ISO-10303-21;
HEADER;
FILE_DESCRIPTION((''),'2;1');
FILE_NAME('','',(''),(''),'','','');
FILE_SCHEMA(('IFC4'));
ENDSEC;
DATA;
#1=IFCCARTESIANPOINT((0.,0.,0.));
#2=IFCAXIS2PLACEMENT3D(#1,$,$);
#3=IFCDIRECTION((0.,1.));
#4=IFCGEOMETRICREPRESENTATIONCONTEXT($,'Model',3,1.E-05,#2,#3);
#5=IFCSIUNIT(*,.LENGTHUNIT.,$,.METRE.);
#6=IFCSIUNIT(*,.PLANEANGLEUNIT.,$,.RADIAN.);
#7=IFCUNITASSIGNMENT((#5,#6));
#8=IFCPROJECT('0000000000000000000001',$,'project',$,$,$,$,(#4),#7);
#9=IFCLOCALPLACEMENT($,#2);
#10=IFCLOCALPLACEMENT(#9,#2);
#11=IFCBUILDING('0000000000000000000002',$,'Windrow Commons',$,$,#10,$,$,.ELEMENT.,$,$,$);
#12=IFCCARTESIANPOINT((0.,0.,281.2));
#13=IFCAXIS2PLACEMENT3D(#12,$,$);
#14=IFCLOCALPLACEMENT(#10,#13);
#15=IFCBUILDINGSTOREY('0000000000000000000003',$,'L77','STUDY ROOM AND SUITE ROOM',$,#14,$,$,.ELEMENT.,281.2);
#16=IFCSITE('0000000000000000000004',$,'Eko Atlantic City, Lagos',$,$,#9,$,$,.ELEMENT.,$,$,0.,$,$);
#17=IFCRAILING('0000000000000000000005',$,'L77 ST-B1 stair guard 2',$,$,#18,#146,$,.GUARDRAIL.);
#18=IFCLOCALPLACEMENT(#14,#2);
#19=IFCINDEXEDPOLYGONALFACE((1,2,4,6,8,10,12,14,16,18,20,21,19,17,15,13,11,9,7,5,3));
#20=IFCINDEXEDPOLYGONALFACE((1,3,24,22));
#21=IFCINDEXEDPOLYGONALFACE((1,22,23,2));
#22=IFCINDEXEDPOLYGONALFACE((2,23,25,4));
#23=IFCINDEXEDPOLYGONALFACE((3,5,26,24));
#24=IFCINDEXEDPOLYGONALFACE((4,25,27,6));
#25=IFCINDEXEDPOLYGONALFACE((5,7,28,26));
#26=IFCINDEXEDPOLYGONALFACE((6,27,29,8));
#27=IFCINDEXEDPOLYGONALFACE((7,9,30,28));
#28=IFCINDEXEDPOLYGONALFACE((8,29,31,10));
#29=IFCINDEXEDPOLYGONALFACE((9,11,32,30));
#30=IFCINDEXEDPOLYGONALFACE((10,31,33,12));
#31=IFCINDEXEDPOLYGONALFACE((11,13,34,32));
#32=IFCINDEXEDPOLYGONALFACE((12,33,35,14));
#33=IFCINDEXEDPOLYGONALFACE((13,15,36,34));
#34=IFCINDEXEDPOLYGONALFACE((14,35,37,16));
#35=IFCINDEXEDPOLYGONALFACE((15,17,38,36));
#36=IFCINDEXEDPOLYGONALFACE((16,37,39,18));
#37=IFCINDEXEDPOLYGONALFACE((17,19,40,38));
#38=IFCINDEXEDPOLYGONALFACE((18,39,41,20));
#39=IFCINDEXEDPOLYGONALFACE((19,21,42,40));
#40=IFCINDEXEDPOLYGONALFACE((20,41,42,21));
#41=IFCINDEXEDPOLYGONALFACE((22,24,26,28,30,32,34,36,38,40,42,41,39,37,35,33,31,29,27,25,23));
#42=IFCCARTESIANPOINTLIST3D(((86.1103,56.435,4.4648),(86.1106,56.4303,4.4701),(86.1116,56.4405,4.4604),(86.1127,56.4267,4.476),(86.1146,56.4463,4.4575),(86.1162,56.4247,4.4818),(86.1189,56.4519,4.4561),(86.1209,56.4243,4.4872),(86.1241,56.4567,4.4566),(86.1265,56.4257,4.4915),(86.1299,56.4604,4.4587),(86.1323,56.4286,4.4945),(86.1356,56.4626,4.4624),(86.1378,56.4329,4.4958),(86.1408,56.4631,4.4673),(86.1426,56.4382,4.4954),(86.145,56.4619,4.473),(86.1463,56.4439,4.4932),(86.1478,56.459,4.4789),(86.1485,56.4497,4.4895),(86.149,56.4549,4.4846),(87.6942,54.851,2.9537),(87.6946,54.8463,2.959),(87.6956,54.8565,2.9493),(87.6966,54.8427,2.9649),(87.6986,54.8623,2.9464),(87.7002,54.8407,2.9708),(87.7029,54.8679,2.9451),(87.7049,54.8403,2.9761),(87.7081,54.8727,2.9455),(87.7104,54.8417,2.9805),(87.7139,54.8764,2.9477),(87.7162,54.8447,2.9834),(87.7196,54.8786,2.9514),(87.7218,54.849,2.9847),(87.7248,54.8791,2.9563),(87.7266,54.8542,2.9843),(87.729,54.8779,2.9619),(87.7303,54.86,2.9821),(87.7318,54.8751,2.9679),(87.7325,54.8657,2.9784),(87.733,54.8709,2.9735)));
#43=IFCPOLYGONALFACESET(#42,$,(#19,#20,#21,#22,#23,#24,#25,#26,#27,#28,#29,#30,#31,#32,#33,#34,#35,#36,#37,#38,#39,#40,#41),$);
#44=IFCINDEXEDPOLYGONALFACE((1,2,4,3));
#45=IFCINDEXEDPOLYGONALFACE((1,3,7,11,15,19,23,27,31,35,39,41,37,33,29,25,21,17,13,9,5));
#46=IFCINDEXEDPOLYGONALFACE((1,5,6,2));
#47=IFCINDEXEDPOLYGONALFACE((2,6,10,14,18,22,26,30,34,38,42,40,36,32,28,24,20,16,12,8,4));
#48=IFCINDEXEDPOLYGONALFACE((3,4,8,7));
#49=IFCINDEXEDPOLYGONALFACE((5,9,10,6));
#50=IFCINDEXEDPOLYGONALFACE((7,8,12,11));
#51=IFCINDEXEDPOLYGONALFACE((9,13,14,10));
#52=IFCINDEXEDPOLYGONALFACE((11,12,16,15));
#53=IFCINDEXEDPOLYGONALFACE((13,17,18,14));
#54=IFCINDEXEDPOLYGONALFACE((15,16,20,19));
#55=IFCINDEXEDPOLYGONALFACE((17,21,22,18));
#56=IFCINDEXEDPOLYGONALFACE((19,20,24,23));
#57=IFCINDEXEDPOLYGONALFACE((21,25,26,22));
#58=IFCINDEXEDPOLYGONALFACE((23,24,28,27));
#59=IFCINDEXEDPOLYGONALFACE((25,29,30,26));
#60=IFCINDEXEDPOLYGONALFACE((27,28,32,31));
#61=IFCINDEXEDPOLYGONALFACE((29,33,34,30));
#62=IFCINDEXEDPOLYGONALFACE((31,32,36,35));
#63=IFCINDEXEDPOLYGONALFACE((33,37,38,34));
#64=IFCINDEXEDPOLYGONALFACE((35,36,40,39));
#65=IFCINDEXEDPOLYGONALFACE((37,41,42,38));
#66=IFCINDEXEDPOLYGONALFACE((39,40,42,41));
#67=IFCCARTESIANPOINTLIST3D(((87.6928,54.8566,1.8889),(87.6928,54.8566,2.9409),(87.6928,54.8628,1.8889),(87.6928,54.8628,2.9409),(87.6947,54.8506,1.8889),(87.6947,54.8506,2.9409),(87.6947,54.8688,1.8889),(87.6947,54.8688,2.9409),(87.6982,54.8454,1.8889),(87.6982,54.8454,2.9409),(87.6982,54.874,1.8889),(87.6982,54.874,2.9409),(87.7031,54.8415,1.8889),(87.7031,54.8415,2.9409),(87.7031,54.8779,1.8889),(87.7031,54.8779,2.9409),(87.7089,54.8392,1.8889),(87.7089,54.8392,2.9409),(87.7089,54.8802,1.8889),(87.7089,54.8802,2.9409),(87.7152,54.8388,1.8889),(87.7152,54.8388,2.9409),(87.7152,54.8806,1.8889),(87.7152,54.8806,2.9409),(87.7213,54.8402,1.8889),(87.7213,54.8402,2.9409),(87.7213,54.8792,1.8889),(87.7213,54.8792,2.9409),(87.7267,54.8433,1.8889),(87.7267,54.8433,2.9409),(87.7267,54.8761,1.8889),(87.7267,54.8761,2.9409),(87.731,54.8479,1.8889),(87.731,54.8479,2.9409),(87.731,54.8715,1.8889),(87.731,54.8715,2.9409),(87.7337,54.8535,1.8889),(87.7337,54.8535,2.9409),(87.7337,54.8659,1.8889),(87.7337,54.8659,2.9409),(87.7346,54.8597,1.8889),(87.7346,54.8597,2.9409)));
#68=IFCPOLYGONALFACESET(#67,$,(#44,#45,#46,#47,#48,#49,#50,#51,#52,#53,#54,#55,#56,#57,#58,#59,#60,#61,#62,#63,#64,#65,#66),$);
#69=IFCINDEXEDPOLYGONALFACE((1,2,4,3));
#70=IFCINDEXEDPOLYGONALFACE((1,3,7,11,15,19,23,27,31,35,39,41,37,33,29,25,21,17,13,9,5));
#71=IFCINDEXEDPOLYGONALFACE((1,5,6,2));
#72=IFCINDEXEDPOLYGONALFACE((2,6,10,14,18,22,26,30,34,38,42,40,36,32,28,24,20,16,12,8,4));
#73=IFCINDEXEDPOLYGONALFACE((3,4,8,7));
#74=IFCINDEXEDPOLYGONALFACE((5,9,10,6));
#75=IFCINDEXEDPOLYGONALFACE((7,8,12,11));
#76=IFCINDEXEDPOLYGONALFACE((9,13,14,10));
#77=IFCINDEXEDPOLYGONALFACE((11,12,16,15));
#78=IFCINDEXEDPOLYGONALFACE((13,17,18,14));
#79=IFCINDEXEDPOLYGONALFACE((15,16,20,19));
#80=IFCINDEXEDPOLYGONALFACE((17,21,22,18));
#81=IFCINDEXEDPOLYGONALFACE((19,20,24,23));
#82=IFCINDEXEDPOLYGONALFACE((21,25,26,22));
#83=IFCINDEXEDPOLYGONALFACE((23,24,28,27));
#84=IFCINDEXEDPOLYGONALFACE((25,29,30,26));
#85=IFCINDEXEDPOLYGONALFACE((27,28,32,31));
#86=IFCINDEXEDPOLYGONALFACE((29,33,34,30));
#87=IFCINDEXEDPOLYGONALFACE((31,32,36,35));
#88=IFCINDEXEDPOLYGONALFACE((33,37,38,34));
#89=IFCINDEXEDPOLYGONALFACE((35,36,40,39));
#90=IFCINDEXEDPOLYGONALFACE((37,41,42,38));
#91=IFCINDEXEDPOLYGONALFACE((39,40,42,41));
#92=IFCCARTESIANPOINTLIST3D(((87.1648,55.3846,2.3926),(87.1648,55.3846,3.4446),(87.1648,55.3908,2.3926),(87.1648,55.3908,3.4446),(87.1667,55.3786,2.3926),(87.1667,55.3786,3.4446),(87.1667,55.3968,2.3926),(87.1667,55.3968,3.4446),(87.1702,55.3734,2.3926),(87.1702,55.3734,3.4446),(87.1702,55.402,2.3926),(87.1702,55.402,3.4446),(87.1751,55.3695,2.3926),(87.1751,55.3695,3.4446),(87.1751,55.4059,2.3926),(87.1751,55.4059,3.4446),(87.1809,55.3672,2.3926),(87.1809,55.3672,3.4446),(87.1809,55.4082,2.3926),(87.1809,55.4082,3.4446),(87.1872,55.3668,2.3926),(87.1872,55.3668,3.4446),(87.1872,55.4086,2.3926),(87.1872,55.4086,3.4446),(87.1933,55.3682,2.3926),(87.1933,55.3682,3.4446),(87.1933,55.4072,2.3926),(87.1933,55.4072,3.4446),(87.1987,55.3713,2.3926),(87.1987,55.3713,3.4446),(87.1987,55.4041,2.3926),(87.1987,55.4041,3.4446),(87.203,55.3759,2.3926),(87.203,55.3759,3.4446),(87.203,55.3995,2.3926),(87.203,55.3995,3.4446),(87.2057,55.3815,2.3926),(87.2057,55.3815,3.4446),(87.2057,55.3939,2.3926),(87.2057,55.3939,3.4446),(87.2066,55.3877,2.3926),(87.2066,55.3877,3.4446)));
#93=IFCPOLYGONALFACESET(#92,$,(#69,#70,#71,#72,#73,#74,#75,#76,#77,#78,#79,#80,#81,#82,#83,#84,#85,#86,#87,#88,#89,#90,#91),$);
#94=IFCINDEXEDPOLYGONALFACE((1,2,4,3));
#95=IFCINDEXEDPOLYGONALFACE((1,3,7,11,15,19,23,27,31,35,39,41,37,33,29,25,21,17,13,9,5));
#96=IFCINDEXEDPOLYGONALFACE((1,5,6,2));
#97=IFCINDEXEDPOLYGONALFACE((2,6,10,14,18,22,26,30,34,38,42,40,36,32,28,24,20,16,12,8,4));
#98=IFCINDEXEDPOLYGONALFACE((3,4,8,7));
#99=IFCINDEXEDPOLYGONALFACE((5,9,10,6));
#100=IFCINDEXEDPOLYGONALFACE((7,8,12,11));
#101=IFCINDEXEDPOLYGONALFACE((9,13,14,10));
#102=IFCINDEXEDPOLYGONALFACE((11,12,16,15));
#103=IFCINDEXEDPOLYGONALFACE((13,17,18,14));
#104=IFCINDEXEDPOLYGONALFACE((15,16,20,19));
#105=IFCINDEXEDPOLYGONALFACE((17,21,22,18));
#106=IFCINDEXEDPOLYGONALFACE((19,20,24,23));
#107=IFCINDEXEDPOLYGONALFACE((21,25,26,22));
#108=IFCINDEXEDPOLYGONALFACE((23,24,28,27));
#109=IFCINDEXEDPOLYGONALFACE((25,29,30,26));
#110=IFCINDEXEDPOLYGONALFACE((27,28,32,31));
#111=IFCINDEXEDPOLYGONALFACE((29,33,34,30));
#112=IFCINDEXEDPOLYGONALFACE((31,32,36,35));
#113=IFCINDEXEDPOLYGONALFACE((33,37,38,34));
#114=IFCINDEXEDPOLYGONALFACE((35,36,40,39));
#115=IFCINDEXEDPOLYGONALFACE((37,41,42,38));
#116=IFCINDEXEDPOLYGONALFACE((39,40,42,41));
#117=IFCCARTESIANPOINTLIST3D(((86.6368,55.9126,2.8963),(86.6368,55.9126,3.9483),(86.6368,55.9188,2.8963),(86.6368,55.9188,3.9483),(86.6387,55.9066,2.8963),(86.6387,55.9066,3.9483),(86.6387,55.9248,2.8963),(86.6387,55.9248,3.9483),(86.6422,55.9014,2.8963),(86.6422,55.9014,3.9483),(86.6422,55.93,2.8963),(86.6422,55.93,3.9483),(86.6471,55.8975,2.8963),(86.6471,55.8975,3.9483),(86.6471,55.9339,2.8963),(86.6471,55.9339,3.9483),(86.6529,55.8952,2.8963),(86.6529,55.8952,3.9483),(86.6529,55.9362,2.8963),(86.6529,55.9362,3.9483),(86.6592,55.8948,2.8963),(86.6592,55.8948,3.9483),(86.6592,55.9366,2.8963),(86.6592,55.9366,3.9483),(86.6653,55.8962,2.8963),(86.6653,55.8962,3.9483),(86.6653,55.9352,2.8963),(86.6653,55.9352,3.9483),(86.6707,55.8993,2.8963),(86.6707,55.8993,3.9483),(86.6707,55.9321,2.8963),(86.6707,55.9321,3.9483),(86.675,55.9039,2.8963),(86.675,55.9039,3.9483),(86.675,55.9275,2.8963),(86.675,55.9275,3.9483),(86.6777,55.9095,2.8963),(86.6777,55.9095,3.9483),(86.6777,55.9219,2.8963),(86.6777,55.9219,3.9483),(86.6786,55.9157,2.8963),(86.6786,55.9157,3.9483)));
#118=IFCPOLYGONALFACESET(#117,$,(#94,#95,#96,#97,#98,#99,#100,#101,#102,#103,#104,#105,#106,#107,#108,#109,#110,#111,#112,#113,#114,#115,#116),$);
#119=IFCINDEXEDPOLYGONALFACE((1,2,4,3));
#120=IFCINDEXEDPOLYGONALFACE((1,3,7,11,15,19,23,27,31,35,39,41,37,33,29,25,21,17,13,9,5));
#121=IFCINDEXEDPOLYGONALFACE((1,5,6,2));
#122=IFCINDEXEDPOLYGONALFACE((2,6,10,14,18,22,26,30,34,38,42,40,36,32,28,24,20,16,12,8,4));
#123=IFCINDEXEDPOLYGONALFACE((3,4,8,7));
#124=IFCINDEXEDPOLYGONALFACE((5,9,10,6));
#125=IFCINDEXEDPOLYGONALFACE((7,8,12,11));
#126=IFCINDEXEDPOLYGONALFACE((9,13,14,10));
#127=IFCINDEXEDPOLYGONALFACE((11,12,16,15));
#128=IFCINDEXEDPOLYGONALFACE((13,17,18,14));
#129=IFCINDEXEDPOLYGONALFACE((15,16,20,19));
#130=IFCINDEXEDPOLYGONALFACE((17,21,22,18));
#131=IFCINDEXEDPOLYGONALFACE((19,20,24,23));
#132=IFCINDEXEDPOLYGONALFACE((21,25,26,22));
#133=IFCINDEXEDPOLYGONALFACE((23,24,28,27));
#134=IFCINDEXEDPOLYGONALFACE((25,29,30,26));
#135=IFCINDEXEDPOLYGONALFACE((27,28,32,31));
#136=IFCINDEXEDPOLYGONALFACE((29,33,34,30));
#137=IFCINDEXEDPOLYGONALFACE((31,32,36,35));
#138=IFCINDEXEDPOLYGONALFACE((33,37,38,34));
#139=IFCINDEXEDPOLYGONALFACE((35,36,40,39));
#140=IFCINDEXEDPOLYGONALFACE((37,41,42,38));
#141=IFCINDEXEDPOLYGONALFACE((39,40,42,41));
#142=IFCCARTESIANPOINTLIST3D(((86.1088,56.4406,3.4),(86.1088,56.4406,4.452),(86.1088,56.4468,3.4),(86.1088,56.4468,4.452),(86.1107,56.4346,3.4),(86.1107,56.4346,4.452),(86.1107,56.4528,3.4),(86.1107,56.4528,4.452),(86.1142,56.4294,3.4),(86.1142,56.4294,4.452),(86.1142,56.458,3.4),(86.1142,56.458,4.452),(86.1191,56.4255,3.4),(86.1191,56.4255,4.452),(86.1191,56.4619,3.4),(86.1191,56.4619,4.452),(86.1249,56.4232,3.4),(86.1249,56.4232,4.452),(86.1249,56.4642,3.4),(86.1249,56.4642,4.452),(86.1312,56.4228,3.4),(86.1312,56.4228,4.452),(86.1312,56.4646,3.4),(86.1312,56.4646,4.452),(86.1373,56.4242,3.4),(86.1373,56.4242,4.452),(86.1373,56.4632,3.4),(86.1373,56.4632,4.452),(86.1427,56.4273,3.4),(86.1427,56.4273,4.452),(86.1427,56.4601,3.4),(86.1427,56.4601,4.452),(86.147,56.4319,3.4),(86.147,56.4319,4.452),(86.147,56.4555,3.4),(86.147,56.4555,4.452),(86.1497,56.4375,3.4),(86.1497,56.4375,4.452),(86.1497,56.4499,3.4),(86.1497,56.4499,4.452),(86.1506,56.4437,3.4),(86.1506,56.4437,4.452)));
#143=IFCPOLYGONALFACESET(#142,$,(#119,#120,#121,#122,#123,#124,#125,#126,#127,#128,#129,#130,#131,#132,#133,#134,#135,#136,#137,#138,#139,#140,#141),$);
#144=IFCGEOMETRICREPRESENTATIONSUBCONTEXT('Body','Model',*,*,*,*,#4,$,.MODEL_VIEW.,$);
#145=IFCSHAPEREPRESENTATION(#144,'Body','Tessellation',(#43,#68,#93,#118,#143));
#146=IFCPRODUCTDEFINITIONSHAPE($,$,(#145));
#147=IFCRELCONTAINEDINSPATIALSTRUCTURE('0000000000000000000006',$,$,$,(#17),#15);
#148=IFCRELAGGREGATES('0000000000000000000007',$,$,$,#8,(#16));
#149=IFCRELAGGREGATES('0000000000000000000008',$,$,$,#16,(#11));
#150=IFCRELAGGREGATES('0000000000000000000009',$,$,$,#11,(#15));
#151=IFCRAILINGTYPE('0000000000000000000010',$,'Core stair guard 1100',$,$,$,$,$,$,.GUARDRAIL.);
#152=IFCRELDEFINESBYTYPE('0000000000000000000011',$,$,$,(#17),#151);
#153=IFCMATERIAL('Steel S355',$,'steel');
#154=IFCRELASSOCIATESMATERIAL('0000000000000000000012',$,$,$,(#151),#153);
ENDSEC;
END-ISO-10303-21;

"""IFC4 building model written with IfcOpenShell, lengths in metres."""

from ifc_helpers import new_model, si_unit, direction, frame, origin, origin_2d, place, context, subcontext, project, spatial, circle, extrude, material, type_object, element, save


model = new_model("IFC4")

# Units and contexts
model_context = context("Model", 3, precision=1e-05, world=origin(), true_north=direction((0.0, 1.0)))
body_context = subcontext(model_context, "Body", "Model", "MODEL_VIEW")
ifc_project = project(units=[si_unit("LENGTHUNIT", "METRE"), si_unit("PLANEANGLEUNIT", "RADIAN")], contexts=[model_context])

# Site, building, storey
site_placement = place(None, origin())
site = spatial("IfcSite", under=ifc_project, at=site_placement, Name="Eko Atlantic City, Lagos", CompositionType="ELEMENT", RefElevation=0.0)
building_placement = place(site_placement, origin())
building = spatial("IfcBuilding", under=site, at=building_placement, Name="Windrow Commons", CompositionType="ELEMENT")
storey_placement = place(building_placement, frame((0.0, 0.0, 281.2)))
storey = spatial("IfcBuildingStorey", under=building, at=storey_placement, Name="L77", Description="STUDY ROOM AND SUITE ROOM", CompositionType="ELEMENT", Elevation=281.2)

# Railing
ifc_material_1 = material(Name="Steel S355", Category="steel")
railing_type_1 = type_object("IfcRailingType", Name="Core stair guard 1100", PredefinedType="GUARDRAIL", material=ifc_material_1)
railing_1_placement = place(storey_placement, frame((87.7136, 54.8597, 1.8889)))
element("IfcRailing", 1, at=railing_1_placement, inside=storey, type_object=railing_type_1, Name="L77 ST-B1 stair guard 2", PredefinedType="GUARDRAIL", context=body_context, shape_type="SweptSolid", body=[
    extrude(circle(Radius=0.024, at=origin_2d()), frame((0.0, 0.0, 1.076), z_axis=(-0.586203, 0.586203, 0.559224), x_axis=(-0.707107, -0.707107, 0.0)), (0.0, 0.0, 1.0), 2.7021),
    extrude(circle(Radius=0.021, at=origin_2d()), origin(), (0.0, 0.0, 1.0), 1.052),
    extrude(circle(Radius=0.021, at=origin_2d()), frame((-0.528, 0.528, 0.5037)), (0.0, 0.0, 1.0), 1.052),
    extrude(circle(Radius=0.021, at=origin_2d()), frame((-1.056, 1.056, 1.0074)), (0.0, 0.0, 1.0), 1.052),
    extrude(circle(Radius=0.021, at=origin_2d()), frame((-1.584, 1.584, 1.5111)), (0.0, 0.0, 1.0), 1.052),
])

save(model, "model.ifc")
